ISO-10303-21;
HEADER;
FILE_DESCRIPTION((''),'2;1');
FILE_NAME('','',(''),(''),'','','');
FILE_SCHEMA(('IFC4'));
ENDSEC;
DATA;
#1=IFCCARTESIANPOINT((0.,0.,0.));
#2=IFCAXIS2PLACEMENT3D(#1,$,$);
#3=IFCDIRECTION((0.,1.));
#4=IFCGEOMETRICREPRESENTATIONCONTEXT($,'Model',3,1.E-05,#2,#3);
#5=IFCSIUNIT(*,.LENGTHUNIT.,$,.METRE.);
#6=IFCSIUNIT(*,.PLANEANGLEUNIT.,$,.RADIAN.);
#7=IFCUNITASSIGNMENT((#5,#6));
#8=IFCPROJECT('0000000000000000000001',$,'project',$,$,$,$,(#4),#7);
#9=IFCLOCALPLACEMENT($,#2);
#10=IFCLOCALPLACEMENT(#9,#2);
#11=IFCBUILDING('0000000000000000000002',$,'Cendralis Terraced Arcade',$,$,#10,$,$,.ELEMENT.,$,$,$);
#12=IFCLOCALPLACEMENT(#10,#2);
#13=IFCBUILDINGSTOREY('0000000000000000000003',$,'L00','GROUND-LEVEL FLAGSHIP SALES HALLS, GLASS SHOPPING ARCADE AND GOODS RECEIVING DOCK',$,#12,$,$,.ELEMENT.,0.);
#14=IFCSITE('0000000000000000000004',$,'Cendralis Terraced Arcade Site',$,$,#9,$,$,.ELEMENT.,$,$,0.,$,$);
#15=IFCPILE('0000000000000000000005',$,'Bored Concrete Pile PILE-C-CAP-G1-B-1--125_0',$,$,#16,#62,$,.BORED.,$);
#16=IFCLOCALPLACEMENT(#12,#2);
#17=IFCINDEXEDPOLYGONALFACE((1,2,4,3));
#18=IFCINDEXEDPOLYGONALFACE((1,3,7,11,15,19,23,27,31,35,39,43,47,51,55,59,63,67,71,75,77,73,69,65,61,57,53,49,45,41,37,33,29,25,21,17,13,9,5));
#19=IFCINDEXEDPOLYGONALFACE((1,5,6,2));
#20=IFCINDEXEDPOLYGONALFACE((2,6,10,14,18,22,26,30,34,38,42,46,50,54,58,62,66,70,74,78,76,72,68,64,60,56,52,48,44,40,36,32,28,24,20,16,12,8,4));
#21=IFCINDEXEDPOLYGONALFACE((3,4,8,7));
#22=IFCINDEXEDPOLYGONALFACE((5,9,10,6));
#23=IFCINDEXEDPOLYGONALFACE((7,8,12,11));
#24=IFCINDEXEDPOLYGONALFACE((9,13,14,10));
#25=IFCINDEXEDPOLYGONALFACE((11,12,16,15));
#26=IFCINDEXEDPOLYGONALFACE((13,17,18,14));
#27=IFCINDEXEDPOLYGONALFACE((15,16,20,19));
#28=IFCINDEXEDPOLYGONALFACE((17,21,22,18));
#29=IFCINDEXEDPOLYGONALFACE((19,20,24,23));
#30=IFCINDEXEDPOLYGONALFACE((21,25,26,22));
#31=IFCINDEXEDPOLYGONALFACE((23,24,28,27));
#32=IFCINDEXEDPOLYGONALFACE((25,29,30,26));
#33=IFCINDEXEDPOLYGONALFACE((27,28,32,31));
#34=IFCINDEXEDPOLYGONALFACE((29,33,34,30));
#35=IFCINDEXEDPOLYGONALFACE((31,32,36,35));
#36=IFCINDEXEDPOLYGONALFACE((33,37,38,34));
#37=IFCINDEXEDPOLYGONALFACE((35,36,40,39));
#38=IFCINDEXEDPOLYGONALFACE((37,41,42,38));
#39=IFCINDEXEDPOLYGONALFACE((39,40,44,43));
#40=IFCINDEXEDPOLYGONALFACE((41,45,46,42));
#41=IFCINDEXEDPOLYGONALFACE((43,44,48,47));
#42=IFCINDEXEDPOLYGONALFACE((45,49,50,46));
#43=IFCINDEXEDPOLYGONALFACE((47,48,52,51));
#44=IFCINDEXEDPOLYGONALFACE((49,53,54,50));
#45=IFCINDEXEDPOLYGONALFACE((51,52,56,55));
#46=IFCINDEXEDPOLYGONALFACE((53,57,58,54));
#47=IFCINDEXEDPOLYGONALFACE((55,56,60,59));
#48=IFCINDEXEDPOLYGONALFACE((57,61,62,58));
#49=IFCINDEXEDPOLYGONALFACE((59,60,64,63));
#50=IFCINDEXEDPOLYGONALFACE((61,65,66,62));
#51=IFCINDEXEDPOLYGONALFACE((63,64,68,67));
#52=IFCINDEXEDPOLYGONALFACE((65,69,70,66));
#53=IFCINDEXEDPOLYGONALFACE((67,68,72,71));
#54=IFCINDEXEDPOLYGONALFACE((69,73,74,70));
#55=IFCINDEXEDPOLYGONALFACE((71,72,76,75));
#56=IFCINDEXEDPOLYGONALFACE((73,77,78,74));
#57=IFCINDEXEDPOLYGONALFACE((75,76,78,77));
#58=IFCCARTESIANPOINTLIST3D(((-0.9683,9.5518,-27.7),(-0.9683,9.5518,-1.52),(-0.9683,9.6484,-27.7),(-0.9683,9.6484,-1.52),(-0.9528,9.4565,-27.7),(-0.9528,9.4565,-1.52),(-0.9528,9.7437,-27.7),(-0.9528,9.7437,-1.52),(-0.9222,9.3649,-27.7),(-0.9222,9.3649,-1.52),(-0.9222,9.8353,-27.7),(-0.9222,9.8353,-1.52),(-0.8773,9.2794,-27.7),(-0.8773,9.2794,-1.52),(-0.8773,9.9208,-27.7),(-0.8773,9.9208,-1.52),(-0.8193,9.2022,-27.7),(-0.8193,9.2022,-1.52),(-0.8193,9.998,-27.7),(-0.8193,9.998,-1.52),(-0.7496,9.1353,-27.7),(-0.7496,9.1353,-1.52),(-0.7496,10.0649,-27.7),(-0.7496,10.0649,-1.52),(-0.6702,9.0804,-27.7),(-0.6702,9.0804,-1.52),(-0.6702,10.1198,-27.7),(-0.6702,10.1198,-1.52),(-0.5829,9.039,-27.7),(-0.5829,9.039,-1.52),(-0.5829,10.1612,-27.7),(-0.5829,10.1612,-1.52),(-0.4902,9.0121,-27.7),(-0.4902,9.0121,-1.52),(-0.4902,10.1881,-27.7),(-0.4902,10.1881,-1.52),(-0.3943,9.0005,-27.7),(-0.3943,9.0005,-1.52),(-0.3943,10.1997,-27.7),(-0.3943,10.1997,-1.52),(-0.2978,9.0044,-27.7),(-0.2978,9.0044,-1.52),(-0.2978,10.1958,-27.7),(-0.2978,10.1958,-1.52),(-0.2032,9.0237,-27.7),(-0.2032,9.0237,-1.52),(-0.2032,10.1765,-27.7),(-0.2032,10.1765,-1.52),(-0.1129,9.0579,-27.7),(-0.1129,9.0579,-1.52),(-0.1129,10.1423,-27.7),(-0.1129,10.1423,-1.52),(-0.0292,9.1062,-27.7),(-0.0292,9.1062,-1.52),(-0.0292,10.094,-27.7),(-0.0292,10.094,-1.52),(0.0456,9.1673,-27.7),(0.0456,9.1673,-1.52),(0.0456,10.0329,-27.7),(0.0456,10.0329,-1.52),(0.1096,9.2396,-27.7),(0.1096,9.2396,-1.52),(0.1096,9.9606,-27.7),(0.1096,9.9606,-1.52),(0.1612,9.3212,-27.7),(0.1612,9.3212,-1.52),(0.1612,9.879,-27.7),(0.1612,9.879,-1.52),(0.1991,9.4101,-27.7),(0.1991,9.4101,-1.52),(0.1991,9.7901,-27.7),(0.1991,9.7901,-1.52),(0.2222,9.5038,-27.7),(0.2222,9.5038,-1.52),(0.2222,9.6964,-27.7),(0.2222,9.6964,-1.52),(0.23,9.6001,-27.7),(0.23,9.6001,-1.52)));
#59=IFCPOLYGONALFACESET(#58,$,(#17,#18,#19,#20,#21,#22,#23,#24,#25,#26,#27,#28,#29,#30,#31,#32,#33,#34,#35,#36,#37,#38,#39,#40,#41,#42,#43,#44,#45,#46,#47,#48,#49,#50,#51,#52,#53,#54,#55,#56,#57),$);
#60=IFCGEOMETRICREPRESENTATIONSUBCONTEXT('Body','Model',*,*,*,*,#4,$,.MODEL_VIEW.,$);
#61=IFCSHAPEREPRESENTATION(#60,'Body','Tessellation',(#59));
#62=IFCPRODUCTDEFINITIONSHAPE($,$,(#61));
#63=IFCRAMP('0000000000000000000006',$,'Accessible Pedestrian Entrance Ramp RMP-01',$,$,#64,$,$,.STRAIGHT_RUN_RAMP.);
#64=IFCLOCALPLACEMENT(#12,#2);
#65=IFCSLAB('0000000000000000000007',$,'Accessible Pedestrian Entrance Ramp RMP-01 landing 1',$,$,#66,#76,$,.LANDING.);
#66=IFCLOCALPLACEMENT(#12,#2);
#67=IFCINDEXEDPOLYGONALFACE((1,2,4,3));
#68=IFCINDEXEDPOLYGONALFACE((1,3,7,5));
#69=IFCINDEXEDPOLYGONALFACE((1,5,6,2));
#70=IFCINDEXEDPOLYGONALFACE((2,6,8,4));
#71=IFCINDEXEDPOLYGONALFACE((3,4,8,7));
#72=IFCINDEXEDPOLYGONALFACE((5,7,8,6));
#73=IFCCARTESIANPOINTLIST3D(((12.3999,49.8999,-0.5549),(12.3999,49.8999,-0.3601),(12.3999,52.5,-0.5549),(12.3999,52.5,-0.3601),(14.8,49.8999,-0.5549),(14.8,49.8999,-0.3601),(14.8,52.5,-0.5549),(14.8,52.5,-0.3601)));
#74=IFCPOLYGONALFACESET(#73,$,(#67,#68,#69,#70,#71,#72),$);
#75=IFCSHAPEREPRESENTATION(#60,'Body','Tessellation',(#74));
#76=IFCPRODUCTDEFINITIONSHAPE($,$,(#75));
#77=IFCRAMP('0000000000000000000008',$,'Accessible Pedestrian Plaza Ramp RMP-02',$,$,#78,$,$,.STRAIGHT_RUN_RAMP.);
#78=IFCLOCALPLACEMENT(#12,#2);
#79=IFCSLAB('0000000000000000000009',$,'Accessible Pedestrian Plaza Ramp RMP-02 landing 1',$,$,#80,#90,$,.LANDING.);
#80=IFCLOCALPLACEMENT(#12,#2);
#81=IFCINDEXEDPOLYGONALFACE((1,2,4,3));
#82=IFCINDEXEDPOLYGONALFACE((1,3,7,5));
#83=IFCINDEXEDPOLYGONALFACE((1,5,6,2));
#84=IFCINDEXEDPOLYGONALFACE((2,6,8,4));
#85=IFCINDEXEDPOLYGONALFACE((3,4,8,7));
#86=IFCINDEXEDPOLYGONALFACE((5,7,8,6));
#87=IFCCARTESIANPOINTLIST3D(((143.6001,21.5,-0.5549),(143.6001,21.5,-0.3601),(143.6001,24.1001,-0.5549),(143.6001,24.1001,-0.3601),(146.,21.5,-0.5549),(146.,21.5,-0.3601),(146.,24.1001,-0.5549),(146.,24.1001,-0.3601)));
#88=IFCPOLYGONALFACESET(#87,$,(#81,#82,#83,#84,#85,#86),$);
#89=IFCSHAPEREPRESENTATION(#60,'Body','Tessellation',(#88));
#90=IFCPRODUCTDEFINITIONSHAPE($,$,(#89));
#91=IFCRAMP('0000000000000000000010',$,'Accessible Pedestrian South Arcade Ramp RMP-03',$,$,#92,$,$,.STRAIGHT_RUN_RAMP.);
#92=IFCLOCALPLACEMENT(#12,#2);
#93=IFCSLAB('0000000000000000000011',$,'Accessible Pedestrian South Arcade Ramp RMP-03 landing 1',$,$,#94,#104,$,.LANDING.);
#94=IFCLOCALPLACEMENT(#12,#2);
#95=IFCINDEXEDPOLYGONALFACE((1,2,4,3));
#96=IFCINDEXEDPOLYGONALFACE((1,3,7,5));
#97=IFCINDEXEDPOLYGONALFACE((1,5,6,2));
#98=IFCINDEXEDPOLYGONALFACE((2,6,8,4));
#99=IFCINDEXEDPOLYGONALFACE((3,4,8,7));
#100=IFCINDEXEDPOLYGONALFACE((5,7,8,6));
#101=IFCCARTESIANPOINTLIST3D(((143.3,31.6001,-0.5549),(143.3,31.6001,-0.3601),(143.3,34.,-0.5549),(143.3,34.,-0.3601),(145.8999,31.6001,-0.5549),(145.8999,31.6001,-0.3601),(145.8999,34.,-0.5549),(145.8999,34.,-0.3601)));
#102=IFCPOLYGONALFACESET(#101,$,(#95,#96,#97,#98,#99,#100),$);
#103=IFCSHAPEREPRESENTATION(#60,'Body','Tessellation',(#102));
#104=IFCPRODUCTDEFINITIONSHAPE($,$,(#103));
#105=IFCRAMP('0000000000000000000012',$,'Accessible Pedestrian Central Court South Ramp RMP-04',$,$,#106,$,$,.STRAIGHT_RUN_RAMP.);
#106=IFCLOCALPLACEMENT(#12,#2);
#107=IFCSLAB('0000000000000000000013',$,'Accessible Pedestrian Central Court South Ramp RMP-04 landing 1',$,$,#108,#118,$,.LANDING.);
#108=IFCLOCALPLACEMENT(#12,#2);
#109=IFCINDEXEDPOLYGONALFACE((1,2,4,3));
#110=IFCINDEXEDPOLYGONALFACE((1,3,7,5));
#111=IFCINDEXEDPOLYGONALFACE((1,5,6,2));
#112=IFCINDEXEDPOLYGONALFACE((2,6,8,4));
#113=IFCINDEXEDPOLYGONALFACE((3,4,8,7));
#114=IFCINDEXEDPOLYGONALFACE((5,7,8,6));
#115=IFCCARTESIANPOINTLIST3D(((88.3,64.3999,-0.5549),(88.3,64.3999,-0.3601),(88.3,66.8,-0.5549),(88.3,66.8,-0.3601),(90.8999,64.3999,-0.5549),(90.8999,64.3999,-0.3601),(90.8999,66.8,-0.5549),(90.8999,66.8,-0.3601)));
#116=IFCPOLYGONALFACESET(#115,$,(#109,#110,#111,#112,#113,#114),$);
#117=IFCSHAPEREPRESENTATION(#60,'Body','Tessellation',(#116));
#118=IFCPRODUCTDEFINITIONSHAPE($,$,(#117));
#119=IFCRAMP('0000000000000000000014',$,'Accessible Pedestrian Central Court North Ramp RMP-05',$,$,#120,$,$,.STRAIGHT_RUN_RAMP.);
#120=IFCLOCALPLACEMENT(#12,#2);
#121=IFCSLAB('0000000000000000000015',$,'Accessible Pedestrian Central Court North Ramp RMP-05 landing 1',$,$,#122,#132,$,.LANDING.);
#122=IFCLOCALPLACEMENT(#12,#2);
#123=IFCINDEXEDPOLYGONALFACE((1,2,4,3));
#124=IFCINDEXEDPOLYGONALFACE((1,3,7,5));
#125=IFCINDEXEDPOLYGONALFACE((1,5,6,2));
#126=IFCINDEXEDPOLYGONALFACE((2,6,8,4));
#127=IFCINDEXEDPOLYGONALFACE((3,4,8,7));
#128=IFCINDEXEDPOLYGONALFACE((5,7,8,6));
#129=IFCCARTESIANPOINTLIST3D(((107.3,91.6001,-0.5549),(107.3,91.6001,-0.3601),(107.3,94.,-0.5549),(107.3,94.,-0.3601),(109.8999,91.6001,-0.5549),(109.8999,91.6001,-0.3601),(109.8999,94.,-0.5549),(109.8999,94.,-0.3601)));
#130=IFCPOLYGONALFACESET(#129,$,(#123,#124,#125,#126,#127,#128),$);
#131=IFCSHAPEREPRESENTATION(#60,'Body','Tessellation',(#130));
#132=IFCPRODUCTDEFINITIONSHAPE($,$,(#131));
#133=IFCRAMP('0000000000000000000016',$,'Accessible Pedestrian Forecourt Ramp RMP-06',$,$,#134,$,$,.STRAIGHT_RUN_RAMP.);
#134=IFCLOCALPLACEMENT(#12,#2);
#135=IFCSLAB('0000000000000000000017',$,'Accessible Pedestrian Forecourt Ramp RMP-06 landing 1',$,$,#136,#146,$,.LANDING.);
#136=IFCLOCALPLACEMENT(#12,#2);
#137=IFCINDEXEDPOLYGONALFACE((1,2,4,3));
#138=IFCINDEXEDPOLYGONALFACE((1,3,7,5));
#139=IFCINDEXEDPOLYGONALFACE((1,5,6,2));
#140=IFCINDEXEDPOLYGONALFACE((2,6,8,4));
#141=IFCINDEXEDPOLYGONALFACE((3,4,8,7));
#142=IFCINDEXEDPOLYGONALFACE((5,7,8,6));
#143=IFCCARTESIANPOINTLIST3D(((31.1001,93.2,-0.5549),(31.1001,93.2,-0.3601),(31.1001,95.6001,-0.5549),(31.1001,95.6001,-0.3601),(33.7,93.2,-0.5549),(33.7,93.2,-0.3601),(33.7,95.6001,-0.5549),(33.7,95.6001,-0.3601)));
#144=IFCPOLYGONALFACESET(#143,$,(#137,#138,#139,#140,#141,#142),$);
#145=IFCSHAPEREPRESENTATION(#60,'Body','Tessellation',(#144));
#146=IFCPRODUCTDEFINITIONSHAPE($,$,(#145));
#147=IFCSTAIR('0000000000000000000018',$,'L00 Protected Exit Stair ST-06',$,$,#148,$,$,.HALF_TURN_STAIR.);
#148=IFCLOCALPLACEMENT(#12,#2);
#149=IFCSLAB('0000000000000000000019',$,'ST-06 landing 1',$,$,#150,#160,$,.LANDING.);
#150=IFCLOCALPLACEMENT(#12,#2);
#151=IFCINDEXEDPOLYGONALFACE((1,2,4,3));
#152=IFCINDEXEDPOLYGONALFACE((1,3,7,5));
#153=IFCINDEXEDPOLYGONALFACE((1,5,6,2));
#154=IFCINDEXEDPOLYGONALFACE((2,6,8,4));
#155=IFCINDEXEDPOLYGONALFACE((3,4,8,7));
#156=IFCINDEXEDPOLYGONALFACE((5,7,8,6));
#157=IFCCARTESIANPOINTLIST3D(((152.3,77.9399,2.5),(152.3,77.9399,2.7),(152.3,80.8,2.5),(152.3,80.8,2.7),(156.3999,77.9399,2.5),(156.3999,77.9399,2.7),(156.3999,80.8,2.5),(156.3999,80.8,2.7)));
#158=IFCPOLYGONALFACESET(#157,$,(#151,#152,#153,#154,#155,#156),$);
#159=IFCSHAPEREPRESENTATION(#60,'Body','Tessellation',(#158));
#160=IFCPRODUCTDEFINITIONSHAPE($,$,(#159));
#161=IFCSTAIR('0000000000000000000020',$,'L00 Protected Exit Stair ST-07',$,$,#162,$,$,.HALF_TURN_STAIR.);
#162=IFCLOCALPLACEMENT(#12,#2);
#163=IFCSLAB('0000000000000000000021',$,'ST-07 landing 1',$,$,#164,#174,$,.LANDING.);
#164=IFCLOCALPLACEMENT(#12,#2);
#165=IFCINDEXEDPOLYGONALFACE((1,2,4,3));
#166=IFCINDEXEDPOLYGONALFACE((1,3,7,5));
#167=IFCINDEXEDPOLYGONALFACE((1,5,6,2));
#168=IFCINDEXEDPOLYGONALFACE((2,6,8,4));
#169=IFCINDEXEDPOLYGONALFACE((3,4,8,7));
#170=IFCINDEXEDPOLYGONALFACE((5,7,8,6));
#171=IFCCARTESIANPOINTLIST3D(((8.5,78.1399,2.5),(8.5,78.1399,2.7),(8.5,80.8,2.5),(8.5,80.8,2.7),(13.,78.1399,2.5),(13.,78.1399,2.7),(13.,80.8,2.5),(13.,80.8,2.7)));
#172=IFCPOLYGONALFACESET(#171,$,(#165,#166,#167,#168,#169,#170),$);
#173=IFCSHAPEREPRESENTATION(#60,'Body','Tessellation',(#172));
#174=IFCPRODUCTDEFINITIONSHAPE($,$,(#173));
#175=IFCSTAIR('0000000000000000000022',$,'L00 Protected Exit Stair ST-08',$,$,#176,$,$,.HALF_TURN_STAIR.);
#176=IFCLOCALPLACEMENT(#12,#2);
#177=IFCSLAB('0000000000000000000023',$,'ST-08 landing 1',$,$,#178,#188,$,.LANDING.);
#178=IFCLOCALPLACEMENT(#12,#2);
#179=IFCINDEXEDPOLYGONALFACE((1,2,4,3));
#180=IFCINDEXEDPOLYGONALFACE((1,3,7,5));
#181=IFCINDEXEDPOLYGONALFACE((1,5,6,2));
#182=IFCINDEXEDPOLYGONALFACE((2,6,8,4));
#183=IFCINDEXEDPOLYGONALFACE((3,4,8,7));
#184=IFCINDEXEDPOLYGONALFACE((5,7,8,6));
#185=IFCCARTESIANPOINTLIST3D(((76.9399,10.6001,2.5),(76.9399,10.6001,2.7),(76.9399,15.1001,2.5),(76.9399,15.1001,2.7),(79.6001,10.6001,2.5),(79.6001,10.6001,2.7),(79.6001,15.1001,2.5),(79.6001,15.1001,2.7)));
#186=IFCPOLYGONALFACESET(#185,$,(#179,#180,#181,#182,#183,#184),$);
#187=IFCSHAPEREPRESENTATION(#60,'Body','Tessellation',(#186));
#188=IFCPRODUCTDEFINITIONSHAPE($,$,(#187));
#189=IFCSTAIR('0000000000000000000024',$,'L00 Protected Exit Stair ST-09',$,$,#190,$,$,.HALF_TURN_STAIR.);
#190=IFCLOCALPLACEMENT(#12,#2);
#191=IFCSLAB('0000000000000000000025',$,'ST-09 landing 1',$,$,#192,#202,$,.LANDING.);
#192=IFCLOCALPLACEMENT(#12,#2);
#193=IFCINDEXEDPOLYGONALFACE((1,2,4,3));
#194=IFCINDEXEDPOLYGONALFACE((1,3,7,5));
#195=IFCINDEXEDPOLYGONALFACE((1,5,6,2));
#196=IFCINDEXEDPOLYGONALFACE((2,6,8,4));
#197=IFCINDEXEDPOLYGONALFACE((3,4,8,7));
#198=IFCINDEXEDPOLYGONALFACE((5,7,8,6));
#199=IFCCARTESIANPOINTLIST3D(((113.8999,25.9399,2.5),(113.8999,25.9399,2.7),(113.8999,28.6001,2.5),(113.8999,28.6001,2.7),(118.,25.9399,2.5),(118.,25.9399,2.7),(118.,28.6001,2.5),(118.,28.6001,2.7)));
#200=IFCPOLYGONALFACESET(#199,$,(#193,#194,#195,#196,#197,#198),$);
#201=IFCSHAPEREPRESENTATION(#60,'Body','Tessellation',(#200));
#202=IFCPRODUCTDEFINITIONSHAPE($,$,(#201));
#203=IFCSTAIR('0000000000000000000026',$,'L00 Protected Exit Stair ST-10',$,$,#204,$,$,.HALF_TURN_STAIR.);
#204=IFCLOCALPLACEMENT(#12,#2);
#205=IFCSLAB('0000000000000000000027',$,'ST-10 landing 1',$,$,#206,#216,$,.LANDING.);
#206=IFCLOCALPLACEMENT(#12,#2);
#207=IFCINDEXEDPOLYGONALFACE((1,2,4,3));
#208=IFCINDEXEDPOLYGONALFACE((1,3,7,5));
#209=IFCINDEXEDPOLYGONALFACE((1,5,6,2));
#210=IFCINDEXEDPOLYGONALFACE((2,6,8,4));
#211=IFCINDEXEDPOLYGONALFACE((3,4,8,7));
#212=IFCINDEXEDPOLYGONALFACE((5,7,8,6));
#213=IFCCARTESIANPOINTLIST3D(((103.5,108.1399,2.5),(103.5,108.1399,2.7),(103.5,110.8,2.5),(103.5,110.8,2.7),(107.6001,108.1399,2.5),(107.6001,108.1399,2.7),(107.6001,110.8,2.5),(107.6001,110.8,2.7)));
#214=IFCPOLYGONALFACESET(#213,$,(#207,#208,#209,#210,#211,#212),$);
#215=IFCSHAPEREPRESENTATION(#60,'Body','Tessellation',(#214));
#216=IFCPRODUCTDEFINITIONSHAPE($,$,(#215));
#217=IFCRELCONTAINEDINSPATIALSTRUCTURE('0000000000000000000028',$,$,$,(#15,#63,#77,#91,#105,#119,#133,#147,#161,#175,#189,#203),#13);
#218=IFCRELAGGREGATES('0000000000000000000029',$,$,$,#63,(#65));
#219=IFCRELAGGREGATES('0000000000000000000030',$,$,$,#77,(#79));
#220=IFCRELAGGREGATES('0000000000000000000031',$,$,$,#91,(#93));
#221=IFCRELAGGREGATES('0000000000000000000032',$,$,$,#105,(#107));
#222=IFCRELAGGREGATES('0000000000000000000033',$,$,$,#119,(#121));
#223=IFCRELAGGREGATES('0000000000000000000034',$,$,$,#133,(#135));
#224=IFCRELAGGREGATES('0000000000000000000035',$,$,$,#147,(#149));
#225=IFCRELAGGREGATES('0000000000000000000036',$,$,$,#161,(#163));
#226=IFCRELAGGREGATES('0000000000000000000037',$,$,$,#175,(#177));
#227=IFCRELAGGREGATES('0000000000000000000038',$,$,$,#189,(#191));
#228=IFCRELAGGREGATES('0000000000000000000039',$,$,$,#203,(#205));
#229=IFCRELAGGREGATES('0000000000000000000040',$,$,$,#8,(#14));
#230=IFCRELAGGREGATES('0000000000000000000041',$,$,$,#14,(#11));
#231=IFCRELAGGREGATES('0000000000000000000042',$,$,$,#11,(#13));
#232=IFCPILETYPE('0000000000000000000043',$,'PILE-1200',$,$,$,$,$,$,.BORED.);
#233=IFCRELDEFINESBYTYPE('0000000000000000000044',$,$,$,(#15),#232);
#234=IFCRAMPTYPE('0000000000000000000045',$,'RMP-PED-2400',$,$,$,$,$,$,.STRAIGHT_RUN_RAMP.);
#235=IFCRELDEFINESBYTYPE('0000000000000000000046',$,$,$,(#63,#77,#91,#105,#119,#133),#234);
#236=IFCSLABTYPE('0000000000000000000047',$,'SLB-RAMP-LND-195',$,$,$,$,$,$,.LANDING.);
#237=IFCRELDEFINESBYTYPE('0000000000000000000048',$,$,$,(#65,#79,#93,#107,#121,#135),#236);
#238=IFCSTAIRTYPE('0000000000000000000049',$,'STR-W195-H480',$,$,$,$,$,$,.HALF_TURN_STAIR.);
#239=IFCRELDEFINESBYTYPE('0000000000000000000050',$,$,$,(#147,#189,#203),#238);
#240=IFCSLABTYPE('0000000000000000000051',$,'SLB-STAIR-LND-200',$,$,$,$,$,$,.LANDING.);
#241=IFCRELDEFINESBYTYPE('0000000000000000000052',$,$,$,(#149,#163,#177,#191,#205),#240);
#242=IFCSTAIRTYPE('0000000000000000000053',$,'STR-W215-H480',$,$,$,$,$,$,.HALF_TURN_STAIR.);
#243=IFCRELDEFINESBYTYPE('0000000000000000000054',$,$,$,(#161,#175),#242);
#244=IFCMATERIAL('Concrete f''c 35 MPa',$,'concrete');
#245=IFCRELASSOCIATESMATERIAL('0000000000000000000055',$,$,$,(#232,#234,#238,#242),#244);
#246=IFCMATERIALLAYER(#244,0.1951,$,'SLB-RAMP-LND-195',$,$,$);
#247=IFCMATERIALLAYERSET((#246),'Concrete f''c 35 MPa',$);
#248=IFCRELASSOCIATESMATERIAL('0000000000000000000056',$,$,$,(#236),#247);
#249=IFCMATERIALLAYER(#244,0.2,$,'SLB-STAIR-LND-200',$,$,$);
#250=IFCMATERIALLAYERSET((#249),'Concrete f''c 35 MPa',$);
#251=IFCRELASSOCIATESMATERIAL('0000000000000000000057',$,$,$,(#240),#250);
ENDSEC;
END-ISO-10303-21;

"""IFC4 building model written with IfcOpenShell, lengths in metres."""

from ifc_helpers import new_model, si_unit, direction, frame, origin, origin_2d, place, context, subcontext, project, spatial, polyline, circle, outline, extrude, material, layer, layer_set, material_profile, profile_set, type_object, element, aggregate, save


model = new_model("IFC4")

# Units and contexts
model_context = context("Model", 3, precision=1e-05, world=origin(), true_north=direction((0.0, 1.0)))
body_context = subcontext(model_context, "Body", "Model", "MODEL_VIEW")
ifc_project = project(units=[si_unit("LENGTHUNIT", "METRE"), si_unit("PLANEANGLEUNIT", "RADIAN")], contexts=[model_context])

# Site, building, storey
site_placement = place(None, origin())
site = spatial("IfcSite", under=ifc_project, at=site_placement, Name="Cendralis Terraced Arcade Site", CompositionType="ELEMENT", RefElevation=0.0)
building_placement = place(site_placement, origin())
building = spatial("IfcBuilding", under=site, at=building_placement, Name="Cendralis Terraced Arcade", CompositionType="ELEMENT")
storey_placement = place(building_placement, origin())
storey = spatial("IfcBuildingStorey", under=building, at=storey_placement, Name="L00", Description="GROUND-LEVEL FLAGSHIP SALES HALLS, GLASS SHOPPING ARCADE AND GOODS RECEIVING DOCK", CompositionType="ELEMENT", Elevation=0.0)

# Pile
ifc_material_1 = material(Name="Concrete f'c 35 MPa", Category="concrete")
ifc_material_profile = material_profile(ifc_material_1, circle(Radius=0.6001, at=origin_2d()), Name="PILE-D1200", Category="LoadBearing")
ifc_profile_set = profile_set([ifc_material_profile], Name="Concrete f'c 35 MPa")
pile_type = type_object("IfcPileType", Name="PILE-1200", PredefinedType="BORED", material=ifc_profile_set)
pile_placement = place(storey_placement, frame((-0.3701, 9.6001, -1.52), z_axis=(0.0, 0.0, -1.0), x_axis=(1.0, 0.0, 0.0)))
element("IfcPile", 1, at=pile_placement, inside=storey, type_object=pile_type, Name="Bored Concrete Pile PILE-C-CAP-G1-B-1--125_0", PredefinedType="BORED", context=body_context, shape_type="SweptSolid", body=[
    extrude(circle(Radius=0.6001, at=origin_2d()), origin(), (0.0, 0.0, 1.0), 26.1799),
])

# Ramps, slabs
ramp_type = type_object("IfcRampType", Name="RMP-PED-2400", PredefinedType="STRAIGHT_RUN_RAMP", material=ifc_material_1)
ramp_1_placement = place(storey_placement, origin())
ramp_1 = element("IfcRamp", 2, at=ramp_1_placement, inside=storey, type_object=ramp_type, Name="Accessible Pedestrian Entrance Ramp RMP-01", PredefinedType="STRAIGHT_RUN_RAMP")
ifc_layer_1 = layer(ifc_material_1, 0.1951, Name="SLB-RAMP-LND-195")
ifc_layer_set_1 = layer_set([ifc_layer_1], Name="Concrete f'c 35 MPa")
slab_type_1 = type_object("IfcSlabType", Name="SLB-RAMP-LND-195", PredefinedType="LANDING", material=ifc_layer_set_1)
slab_1_placement = place(storey_placement, frame((0.0, 0.0, -0.5549)))
slab_1 = element("IfcSlab", 3, at=slab_1_placement, type_object=slab_type_1, Name="Accessible Pedestrian Entrance Ramp RMP-01 landing 1", PredefinedType="LANDING", context=body_context, shape_type="SweptSolid", body=[
    extrude(outline(polyline([(12.3999, 49.8999), (14.8, 49.8999), (14.8, 52.5), (12.3999, 52.5), (12.3999, 49.8999)])), origin(), (0.0, 0.0, 1.0), 0.1948),
])
aggregate(ramp_1, [slab_1])
ramp_2_placement = place(storey_placement, origin())
ramp_2 = element("IfcRamp", 4, at=ramp_2_placement, inside=storey, type_object=ramp_type, Name="Accessible Pedestrian Plaza Ramp RMP-02", PredefinedType="STRAIGHT_RUN_RAMP")
slab_2_placement = place(storey_placement, frame((0.0, 0.0, -0.5549)))
slab_2 = element("IfcSlab", 5, at=slab_2_placement, type_object=slab_type_1, Name="Accessible Pedestrian Plaza Ramp RMP-02 landing 1", PredefinedType="LANDING", context=body_context, shape_type="SweptSolid", body=[
    extrude(outline(polyline([(143.6001, 21.5), (146.0, 21.5), (146.0, 24.1001), (143.6001, 24.1001), (143.6001, 21.5)])), origin(), (0.0, 0.0, 1.0), 0.1948),
])
aggregate(ramp_2, [slab_2])
ramp_3_placement = place(storey_placement, origin())
ramp_3 = element("IfcRamp", 6, at=ramp_3_placement, inside=storey, type_object=ramp_type, Name="Accessible Pedestrian South Arcade Ramp RMP-03", PredefinedType="STRAIGHT_RUN_RAMP")
slab_3_placement = place(storey_placement, frame((0.0, 0.0, -0.5549)))
slab_3 = element("IfcSlab", 7, at=slab_3_placement, type_object=slab_type_1, Name="Accessible Pedestrian South Arcade Ramp RMP-03 landing 1", PredefinedType="LANDING", context=body_context, shape_type="SweptSolid", body=[
    extrude(outline(polyline([(143.3, 31.6001), (145.8999, 31.6001), (145.8999, 34.0), (143.3, 34.0), (143.3, 31.6001)])), origin(), (0.0, 0.0, 1.0), 0.1948),
])
aggregate(ramp_3, [slab_3])
ramp_4_placement = place(storey_placement, origin())
ramp_4 = element("IfcRamp", 8, at=ramp_4_placement, inside=storey, type_object=ramp_type, Name="Accessible Pedestrian Central Court South Ramp RMP-04", PredefinedType="STRAIGHT_RUN_RAMP")
slab_4_placement = place(storey_placement, frame((0.0, 0.0, -0.5549)))
slab_4 = element("IfcSlab", 9, at=slab_4_placement, type_object=slab_type_1, Name="Accessible Pedestrian Central Court South Ramp RMP-04 landing 1", PredefinedType="LANDING", context=body_context, shape_type="SweptSolid", body=[
    extrude(outline(polyline([(88.3, 64.3999), (90.8999, 64.3999), (90.8999, 66.8), (88.3, 66.8), (88.3, 64.3999)])), origin(), (0.0, 0.0, 1.0), 0.1948),
])
aggregate(ramp_4, [slab_4])
ramp_5_placement = place(storey_placement, origin())
ramp_5 = element("IfcRamp", 10, at=ramp_5_placement, inside=storey, type_object=ramp_type, Name="Accessible Pedestrian Central Court North Ramp RMP-05", PredefinedType="STRAIGHT_RUN_RAMP")
slab_5_placement = place(storey_placement, frame((0.0, 0.0, -0.5549)))
slab_5 = element("IfcSlab", 11, at=slab_5_placement, type_object=slab_type_1, Name="Accessible Pedestrian Central Court North Ramp RMP-05 landing 1", PredefinedType="LANDING", context=body_context, shape_type="SweptSolid", body=[
    extrude(outline(polyline([(107.3, 91.6001), (109.8999, 91.6001), (109.8999, 94.0), (107.3, 94.0), (107.3, 91.6001)])), origin(), (0.0, 0.0, 1.0), 0.1948),
])
aggregate(ramp_5, [slab_5])
ramp_6_placement = place(storey_placement, origin())
ramp_6 = element("IfcRamp", 12, at=ramp_6_placement, inside=storey, type_object=ramp_type, Name="Accessible Pedestrian Forecourt Ramp RMP-06", PredefinedType="STRAIGHT_RUN_RAMP")
slab_6_placement = place(storey_placement, frame((0.0, 0.0, -0.5549)))
slab_6 = element("IfcSlab", 13, at=slab_6_placement, type_object=slab_type_1, Name="Accessible Pedestrian Forecourt Ramp RMP-06 landing 1", PredefinedType="LANDING", context=body_context, shape_type="SweptSolid", body=[
    extrude(outline(polyline([(31.1001, 93.2), (33.7, 93.2), (33.7, 95.6001), (31.1001, 95.6001), (31.1001, 93.2)])), origin(), (0.0, 0.0, 1.0), 0.1948),
])
aggregate(ramp_6, [slab_6])

# Stairs, slabs
stair_type_1 = type_object("IfcStairType", Name="STR-W195-H480", PredefinedType="HALF_TURN_STAIR", material=ifc_material_1)
stair_1_placement = place(storey_placement, origin())
stair_1 = element("IfcStair", 14, at=stair_1_placement, inside=storey, type_object=stair_type_1, Name="L00 Protected Exit Stair ST-06", PredefinedType="HALF_TURN_STAIR")
ifc_layer_2 = layer(ifc_material_1, 0.2, Name="SLB-STAIR-LND-200")
ifc_layer_set_2 = layer_set([ifc_layer_2], Name="Concrete f'c 35 MPa")
slab_type_2 = type_object("IfcSlabType", Name="SLB-STAIR-LND-200", PredefinedType="LANDING", material=ifc_layer_set_2)
slab_7_placement = place(storey_placement, frame((0.0, 0.0, 2.5)))
slab_7 = element("IfcSlab", 15, at=slab_7_placement, type_object=slab_type_2, Name="ST-06 landing 1", PredefinedType="LANDING", context=body_context, shape_type="SweptSolid", body=[
    extrude(outline(polyline([(156.3999, 77.9399), (156.3999, 80.8), (152.3, 80.8), (152.3, 77.9399), (156.3999, 77.9399)])), origin(), (0.0, 0.0, 1.0), 0.2),
])
aggregate(stair_1, [slab_7])
stair_type_2 = type_object("IfcStairType", Name="STR-W215-H480", PredefinedType="HALF_TURN_STAIR", material=ifc_material_1)
stair_2_placement = place(storey_placement, origin())
stair_2 = element("IfcStair", 16, at=stair_2_placement, inside=storey, type_object=stair_type_2, Name="L00 Protected Exit Stair ST-07", PredefinedType="HALF_TURN_STAIR")
slab_8_placement = place(storey_placement, frame((0.0, 0.0, 2.5)))
slab_8 = element("IfcSlab", 17, at=slab_8_placement, type_object=slab_type_2, Name="ST-07 landing 1", PredefinedType="LANDING", context=body_context, shape_type="SweptSolid", body=[
    extrude(outline(polyline([(13.0, 78.1399), (13.0, 80.8), (8.5, 80.8), (8.5, 78.1399), (13.0, 78.1399)])), origin(), (0.0, 0.0, 1.0), 0.2),
])
aggregate(stair_2, [slab_8])
stair_3_placement = place(storey_placement, origin())
stair_3 = element("IfcStair", 18, at=stair_3_placement, inside=storey, type_object=stair_type_2, Name="L00 Protected Exit Stair ST-08", PredefinedType="HALF_TURN_STAIR")
slab_9_placement = place(storey_placement, frame((0.0, 0.0, 2.5)))
slab_9 = element("IfcSlab", 19, at=slab_9_placement, type_object=slab_type_2, Name="ST-08 landing 1", PredefinedType="LANDING", context=body_context, shape_type="SweptSolid", body=[
    extrude(outline(polyline([(76.9399, 10.6001), (79.6001, 10.6001), (79.6001, 15.1001), (76.9399, 15.1001), (76.9399, 10.6001)])), origin(), (0.0, 0.0, 1.0), 0.2),
])
aggregate(stair_3, [slab_9])
stair_4_placement = place(storey_placement, origin())
stair_4 = element("IfcStair", 20, at=stair_4_placement, inside=storey, type_object=stair_type_1, Name="L00 Protected Exit Stair ST-09", PredefinedType="HALF_TURN_STAIR")
slab_10_placement = place(storey_placement, frame((0.0, 0.0, 2.5)))
slab_10 = element("IfcSlab", 21, at=slab_10_placement, type_object=slab_type_2, Name="ST-09 landing 1", PredefinedType="LANDING", context=body_context, shape_type="SweptSolid", body=[
    extrude(outline(polyline([(118.0, 25.9399), (118.0, 28.6001), (113.8999, 28.6001), (113.8999, 25.9399), (118.0, 25.9399)])), origin(), (0.0, 0.0, 1.0), 0.2),
])
aggregate(stair_4, [slab_10])
stair_5_placement = place(storey_placement, origin())
stair_5 = element("IfcStair", 22, at=stair_5_placement, inside=storey, type_object=stair_type_1, Name="L00 Protected Exit Stair ST-10", PredefinedType="HALF_TURN_STAIR")
slab_11_placement = place(storey_placement, frame((0.0, 0.0, 2.5)))
slab_11 = element("IfcSlab", 23, at=slab_11_placement, type_object=slab_type_2, Name="ST-10 landing 1", PredefinedType="LANDING", context=body_context, shape_type="SweptSolid", body=[
    extrude(outline(polyline([(107.6001, 108.1399), (107.6001, 110.8), (103.5, 110.8), (103.5, 108.1399), (107.6001, 108.1399)])), origin(), (0.0, 0.0, 1.0), 0.2),
])
aggregate(stair_5, [slab_11])

save(model, "model.ifc")
